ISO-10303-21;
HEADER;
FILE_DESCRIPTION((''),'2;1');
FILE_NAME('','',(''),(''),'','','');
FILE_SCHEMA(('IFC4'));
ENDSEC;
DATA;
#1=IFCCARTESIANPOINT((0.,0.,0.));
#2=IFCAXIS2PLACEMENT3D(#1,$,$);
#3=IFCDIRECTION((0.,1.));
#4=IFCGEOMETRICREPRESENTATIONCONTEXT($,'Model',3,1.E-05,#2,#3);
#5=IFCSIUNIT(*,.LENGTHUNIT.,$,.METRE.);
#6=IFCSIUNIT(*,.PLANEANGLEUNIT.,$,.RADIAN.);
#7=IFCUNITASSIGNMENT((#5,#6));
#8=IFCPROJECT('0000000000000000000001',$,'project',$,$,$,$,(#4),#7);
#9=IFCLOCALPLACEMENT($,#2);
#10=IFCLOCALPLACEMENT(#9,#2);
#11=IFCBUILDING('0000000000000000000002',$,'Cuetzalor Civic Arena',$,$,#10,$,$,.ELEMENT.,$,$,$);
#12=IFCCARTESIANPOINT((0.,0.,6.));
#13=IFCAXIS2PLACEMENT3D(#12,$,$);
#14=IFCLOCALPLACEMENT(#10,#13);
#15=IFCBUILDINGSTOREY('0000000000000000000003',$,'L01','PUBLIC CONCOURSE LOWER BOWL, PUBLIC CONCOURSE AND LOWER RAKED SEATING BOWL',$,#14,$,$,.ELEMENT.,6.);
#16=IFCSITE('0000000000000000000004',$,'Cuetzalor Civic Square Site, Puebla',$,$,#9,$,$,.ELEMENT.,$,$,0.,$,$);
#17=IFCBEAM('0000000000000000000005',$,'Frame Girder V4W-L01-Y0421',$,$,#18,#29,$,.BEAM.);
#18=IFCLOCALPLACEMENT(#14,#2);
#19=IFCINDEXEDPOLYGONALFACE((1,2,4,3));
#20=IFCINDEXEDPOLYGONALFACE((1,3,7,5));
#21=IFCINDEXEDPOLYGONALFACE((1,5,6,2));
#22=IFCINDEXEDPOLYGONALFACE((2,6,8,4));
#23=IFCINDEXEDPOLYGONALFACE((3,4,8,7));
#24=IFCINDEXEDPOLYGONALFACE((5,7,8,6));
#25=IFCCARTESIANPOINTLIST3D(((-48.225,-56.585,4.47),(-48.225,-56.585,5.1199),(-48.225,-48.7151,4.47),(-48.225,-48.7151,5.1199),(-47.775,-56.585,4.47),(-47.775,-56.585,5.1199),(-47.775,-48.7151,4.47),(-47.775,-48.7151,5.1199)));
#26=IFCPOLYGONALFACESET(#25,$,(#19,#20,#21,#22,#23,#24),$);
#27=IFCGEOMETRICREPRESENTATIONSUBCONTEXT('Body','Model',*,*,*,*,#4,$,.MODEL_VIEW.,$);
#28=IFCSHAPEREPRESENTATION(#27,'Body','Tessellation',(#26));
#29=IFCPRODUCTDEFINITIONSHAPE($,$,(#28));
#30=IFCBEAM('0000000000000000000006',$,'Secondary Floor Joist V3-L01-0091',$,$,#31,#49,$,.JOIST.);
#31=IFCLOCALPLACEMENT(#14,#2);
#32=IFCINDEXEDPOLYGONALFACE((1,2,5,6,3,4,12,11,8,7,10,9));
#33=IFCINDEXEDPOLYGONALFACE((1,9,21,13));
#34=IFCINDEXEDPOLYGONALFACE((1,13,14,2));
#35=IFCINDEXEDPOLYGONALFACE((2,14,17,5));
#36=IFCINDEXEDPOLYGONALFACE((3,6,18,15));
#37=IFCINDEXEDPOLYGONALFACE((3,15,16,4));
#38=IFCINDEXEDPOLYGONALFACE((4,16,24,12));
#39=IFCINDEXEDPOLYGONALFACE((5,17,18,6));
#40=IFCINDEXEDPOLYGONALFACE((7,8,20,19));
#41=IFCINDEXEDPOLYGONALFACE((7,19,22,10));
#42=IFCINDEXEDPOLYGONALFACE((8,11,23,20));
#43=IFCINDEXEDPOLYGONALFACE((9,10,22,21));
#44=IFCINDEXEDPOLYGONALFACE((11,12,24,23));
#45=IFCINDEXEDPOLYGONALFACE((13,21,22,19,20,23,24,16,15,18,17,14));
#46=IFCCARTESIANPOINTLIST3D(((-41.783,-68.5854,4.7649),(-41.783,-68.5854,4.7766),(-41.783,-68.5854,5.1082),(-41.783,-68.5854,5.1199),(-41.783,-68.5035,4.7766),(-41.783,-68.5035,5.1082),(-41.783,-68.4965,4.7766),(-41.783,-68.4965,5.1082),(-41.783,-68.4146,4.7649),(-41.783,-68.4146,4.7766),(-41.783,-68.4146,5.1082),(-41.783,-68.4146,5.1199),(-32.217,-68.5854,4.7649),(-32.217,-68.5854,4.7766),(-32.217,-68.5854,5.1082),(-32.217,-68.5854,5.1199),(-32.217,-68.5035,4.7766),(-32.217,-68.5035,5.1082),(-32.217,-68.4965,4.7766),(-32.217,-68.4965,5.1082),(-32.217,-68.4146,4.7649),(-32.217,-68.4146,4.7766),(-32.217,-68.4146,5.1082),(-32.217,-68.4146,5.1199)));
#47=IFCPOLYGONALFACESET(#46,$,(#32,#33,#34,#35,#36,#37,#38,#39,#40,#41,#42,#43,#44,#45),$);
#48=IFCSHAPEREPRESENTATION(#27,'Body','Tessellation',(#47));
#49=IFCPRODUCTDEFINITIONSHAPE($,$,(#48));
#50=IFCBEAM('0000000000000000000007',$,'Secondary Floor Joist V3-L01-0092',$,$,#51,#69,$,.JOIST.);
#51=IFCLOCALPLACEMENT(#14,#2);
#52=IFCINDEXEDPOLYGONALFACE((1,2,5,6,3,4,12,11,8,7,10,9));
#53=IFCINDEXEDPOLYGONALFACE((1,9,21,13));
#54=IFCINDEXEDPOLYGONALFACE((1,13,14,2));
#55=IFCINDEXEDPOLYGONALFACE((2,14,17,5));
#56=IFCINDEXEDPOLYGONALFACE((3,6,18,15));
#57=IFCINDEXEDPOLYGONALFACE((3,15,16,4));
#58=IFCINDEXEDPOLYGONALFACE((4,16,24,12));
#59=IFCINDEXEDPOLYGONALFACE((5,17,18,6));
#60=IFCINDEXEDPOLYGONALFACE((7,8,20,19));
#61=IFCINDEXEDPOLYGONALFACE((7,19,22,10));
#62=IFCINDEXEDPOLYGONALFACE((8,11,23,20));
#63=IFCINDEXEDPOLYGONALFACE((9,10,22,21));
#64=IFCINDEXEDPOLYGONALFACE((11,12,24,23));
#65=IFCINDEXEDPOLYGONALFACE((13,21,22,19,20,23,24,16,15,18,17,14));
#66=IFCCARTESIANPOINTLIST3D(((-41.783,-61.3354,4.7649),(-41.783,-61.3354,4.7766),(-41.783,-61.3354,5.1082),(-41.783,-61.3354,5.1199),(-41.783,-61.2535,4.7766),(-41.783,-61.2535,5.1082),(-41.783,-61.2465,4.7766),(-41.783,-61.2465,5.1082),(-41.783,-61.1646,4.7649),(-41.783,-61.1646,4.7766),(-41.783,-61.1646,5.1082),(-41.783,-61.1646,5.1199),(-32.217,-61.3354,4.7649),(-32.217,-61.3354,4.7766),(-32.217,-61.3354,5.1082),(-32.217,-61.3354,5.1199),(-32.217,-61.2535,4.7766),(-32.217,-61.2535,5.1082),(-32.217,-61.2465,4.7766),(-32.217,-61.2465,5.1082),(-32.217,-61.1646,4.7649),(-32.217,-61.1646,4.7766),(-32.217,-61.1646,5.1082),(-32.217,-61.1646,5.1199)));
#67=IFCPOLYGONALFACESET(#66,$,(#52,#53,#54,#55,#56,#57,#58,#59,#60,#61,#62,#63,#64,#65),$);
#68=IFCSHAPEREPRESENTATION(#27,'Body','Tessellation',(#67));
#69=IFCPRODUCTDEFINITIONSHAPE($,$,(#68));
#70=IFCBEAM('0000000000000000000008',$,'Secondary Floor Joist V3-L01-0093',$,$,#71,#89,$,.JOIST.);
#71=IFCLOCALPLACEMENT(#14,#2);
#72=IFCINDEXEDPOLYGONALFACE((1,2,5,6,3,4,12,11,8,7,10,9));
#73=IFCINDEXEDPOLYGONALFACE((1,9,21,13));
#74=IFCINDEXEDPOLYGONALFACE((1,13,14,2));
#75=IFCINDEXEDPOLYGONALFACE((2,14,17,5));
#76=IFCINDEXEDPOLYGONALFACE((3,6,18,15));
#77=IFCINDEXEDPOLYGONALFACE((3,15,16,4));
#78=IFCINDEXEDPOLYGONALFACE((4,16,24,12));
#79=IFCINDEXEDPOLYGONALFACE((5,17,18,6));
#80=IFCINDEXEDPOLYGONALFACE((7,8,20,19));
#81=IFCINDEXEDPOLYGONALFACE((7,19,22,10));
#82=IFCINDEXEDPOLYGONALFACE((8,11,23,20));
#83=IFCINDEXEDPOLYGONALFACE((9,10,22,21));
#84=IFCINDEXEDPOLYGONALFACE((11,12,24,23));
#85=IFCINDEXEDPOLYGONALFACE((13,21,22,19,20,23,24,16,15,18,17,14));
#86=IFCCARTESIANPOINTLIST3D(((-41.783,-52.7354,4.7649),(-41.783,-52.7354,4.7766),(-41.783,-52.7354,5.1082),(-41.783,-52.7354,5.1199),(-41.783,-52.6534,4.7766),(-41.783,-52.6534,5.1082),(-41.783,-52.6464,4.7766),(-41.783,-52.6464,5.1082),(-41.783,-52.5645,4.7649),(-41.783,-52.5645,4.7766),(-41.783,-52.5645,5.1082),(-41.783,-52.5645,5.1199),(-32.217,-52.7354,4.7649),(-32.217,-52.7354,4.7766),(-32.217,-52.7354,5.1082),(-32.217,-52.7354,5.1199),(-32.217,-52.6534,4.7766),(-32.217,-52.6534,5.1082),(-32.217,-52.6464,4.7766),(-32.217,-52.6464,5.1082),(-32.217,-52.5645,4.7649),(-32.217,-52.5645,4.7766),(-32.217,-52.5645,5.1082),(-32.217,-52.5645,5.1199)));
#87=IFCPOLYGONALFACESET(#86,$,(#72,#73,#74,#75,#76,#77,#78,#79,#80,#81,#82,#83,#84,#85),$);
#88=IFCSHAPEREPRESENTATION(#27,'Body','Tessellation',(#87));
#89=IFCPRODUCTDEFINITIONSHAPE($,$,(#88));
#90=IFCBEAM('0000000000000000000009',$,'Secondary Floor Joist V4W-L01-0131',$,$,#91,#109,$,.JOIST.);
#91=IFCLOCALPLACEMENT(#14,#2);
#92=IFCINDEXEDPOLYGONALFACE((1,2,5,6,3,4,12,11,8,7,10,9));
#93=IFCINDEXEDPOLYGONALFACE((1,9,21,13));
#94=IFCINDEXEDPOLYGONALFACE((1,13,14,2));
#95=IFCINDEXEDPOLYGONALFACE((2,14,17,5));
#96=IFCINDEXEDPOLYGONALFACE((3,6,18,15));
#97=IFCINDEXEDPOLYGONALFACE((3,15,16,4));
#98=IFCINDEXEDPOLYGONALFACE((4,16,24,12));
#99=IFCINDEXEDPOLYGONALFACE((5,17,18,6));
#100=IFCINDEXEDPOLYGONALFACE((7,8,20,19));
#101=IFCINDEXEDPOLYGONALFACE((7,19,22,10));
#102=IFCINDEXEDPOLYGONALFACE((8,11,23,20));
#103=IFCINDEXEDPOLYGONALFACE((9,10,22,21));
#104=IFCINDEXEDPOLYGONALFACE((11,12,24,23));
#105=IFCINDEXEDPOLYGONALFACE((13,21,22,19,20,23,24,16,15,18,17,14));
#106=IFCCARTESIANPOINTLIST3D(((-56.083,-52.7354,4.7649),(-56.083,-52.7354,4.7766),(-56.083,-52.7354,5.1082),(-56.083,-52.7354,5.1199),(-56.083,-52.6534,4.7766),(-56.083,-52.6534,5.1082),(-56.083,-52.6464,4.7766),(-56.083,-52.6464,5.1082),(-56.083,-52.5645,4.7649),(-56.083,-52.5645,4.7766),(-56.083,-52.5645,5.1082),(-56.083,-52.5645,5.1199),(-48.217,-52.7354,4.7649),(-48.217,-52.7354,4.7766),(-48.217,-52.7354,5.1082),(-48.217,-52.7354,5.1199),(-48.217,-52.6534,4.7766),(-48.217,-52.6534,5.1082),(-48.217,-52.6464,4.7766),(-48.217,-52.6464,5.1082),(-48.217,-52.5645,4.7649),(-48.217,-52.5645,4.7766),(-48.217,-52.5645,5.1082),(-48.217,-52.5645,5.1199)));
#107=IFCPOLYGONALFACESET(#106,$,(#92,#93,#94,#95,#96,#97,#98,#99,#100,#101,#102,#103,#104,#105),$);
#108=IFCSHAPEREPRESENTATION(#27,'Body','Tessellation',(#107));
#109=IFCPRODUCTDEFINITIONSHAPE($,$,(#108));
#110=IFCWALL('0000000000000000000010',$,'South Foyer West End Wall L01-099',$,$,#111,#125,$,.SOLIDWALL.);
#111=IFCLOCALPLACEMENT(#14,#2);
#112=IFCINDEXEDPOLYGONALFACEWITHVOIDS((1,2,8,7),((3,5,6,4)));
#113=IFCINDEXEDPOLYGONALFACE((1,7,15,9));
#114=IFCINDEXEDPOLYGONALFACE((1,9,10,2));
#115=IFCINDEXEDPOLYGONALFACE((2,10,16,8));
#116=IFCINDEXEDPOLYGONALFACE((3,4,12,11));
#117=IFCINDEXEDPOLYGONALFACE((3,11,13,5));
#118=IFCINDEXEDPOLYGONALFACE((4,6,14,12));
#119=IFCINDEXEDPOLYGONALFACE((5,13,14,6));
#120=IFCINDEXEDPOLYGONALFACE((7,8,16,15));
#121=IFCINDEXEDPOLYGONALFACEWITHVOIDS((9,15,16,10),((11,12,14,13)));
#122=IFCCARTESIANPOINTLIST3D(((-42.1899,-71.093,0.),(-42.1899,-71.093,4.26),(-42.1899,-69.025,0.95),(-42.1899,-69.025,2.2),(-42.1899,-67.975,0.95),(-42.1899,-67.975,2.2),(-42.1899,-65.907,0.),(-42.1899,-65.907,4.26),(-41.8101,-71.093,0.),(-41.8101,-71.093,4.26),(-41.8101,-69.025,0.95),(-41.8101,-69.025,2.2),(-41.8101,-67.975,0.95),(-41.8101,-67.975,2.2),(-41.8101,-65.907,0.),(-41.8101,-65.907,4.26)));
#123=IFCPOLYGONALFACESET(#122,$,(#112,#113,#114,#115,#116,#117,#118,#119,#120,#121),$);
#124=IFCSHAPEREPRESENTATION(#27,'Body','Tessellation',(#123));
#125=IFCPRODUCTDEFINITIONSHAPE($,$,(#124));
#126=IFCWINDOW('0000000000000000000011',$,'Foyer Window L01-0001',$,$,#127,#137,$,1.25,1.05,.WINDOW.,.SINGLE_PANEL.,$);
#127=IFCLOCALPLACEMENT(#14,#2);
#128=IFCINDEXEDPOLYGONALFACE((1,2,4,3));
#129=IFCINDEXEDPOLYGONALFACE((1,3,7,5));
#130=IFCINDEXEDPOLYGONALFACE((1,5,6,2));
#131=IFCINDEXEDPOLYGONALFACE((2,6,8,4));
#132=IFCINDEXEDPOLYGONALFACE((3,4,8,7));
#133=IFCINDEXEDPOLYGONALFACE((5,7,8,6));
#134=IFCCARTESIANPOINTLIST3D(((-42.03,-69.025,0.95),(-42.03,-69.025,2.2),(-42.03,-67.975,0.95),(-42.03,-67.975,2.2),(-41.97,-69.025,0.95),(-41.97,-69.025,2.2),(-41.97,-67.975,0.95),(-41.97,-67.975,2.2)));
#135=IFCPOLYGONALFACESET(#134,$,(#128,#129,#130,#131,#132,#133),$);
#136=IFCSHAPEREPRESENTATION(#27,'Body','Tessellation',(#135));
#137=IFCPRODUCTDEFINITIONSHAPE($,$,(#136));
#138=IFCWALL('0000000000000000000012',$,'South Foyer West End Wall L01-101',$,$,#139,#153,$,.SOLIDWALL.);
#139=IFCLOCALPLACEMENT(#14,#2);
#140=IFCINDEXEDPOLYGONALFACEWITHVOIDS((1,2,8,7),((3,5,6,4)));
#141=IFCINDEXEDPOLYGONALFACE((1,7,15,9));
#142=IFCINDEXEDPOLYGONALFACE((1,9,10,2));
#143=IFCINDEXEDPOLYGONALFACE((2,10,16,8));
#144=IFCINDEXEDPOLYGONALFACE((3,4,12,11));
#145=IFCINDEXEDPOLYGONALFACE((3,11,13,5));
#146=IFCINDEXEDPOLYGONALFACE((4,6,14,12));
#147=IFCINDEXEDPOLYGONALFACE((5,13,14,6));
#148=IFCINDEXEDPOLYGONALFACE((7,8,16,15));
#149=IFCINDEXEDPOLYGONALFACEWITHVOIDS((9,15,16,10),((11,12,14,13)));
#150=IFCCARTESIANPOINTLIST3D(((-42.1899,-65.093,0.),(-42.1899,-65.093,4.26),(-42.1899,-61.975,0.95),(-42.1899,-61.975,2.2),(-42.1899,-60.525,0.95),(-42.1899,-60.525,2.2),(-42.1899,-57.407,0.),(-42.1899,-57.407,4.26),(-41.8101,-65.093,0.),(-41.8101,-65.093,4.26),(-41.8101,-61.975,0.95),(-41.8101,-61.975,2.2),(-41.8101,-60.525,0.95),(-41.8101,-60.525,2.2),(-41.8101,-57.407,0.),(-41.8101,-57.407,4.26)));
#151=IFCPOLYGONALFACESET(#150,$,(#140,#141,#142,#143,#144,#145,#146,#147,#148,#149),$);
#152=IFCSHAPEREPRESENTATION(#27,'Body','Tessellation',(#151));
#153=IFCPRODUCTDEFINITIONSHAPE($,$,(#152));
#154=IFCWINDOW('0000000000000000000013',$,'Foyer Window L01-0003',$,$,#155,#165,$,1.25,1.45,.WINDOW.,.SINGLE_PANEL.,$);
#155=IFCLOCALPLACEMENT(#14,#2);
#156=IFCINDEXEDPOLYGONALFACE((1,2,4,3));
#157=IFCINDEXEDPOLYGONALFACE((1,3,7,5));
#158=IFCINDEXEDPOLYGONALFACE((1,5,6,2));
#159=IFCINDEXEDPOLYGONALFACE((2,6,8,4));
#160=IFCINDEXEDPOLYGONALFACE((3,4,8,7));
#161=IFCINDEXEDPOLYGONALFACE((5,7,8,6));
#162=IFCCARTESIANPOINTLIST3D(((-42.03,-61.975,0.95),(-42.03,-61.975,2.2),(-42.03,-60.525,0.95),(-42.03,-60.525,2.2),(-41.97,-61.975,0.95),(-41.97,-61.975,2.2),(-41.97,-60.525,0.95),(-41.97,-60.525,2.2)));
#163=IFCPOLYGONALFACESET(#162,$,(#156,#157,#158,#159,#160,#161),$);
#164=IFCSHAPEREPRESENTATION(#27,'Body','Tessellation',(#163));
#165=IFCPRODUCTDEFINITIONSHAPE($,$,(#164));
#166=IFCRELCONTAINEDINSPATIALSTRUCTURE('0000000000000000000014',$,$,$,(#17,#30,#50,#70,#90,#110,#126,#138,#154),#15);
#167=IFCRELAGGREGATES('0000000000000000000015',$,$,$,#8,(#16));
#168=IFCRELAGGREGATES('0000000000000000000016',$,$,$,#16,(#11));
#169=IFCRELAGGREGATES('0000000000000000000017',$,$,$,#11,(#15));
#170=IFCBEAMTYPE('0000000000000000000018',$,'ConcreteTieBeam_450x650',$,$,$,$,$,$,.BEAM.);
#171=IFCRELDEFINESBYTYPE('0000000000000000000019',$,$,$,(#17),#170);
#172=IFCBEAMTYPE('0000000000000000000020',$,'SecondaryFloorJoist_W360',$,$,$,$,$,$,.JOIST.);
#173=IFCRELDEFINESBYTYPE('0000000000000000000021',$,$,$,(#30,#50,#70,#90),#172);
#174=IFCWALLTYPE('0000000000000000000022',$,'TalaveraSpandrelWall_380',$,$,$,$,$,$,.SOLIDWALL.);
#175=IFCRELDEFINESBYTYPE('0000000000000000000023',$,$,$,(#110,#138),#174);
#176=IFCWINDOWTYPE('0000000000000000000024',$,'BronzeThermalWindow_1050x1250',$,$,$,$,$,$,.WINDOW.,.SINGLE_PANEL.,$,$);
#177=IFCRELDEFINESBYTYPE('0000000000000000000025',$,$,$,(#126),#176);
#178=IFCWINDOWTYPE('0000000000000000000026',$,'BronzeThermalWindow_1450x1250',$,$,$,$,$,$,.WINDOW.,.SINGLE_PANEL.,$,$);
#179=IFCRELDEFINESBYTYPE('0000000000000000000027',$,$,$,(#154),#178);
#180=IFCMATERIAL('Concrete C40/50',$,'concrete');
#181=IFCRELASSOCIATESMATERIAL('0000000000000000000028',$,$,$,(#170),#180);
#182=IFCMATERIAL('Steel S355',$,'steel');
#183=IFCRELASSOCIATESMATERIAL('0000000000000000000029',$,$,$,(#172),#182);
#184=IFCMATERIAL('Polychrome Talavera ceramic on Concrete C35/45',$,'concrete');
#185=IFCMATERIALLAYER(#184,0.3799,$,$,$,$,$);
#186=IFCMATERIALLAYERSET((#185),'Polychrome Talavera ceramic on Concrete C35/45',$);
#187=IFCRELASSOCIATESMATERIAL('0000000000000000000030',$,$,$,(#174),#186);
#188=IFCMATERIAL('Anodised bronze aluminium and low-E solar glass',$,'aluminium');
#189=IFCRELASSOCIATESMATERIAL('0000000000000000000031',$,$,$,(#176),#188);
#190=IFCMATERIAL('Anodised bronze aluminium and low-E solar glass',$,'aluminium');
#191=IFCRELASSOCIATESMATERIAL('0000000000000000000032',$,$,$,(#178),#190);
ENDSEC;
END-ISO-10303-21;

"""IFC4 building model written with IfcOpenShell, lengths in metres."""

from ifc_helpers import new_model, si_unit, direction, frame, frame_2d, origin, origin_2d, place, context, subcontext, project, spatial, rectangle, i_section, extrude, material, layer, layer_set, material_profile, profile_set, type_object, element, fill, save


model = new_model("IFC4")

# Units and contexts
model_context = context("Model", 3, precision=1e-05, world=origin(), true_north=direction((0.0, 1.0)))
body_context = subcontext(model_context, "Body", "Model", "MODEL_VIEW")
ifc_project = project(units=[si_unit("LENGTHUNIT", "METRE"), si_unit("PLANEANGLEUNIT", "RADIAN")], contexts=[model_context])

# Site, building, storey
site_placement = place(None, origin())
site = spatial("IfcSite", under=ifc_project, at=site_placement, Name="Cuetzalor Civic Square Site, Puebla", CompositionType="ELEMENT", RefElevation=0.0)
building_placement = place(site_placement, origin())
building = spatial("IfcBuilding", under=site, at=building_placement, Name="Cuetzalor Civic Arena", CompositionType="ELEMENT")
storey_placement = place(building_placement, frame((0.0, 0.0, 6.0)))
storey = spatial("IfcBuildingStorey", under=building, at=storey_placement, Name="L01", Description="PUBLIC CONCOURSE LOWER BOWL, PUBLIC CONCOURSE AND LOWER RAKED SEATING BOWL", CompositionType="ELEMENT", Elevation=6.0)

# Beams
ifc_material_1 = material(Name="Concrete C40/50", Category="concrete")
ifc_material_profile_1 = material_profile(ifc_material_1, rectangle(XDim=0.45, YDim=0.6499, at=origin_2d()), Name="RC 450x650")
ifc_profile_set_1 = profile_set([ifc_material_profile_1], Name="Concrete C40/50")
beam_type_1 = type_object("IfcBeamType", Name="ConcreteTieBeam_450x650", PredefinedType="BEAM", material=ifc_profile_set_1)
beam_1_placement = place(storey_placement, frame((-48.0, -56.585, 4.7949), z_axis=(0.0, 1.0, 0.0), x_axis=(-1.0, 0.0, 0.0)))
element("IfcBeam", 1, at=beam_1_placement, inside=storey, type_object=beam_type_1, Name="Frame Girder V4W-L01-Y0421", PredefinedType="BEAM", context=body_context, shape_type="SweptSolid", body=[
    extrude(rectangle(XDim=0.45, YDim=0.6499, at=origin_2d()), origin(), (0.0, 0.0, 1.0), 7.8699),
])
ifc_material_2 = material(Name="Steel S355", Category="steel")
ifc_material_profile_2 = material_profile(ifc_material_2, i_section(OverallWidth=0.1709, OverallDepth=0.355, WebThickness=0.0071, FlangeThickness=0.0117, at=origin_2d()), Name="W360x51")
ifc_profile_set_2 = profile_set([ifc_material_profile_2], Name="Steel S355")
beam_type_2 = type_object("IfcBeamType", Name="SecondaryFloorJoist_W360", PredefinedType="JOIST", material=ifc_profile_set_2)
for number, where, z_axis, x_axis, name in (
    (2, (-41.783, -68.5, 4.9424), (1.0, 0.0, 0.0), (0.0, 1.0, 0.0), "Secondary Floor Joist V3-L01-0091"),
    (3, (-41.783, -61.25, 4.9424), (1.0, 0.0, 0.0), (0.0, 1.0, 0.0), "Secondary Floor Joist V3-L01-0092"),
    (4, (-41.783, -52.6499, 4.9424), (1.0, 0.0, 0.0), (0.0, 1.0, 0.0), "Secondary Floor Joist V3-L01-0093"),
):
    element("IfcBeam", number, at=place(storey_placement, frame(where, z_axis=z_axis, x_axis=x_axis)), inside=storey, type_object=beam_type_2, Name=name, PredefinedType="JOIST", context=body_context, shape_type="SweptSolid", body=[
        extrude(i_section(OverallWidth=0.1709, OverallDepth=0.355, WebThickness=0.0071, FlangeThickness=0.0117, at=origin_2d()), origin(), (0.0, 0.0, 1.0), 9.5659),
    ])
beam_2_placement = place(storey_placement, frame((-56.083, -52.6499, 4.9424), z_axis=(1.0, 0.0, 0.0), x_axis=(0.0, 1.0, 0.0)))
element("IfcBeam", 5, at=beam_2_placement, inside=storey, type_object=beam_type_2, Name="Secondary Floor Joist V4W-L01-0131", PredefinedType="JOIST", context=body_context, shape_type="SweptSolid", body=[
    extrude(i_section(OverallWidth=0.1709, OverallDepth=0.355, WebThickness=0.0071, FlangeThickness=0.0117, at=origin_2d()), origin(), (0.0, 0.0, 1.0), 7.866),
])

# Walls, openings, windows
ifc_material_3 = material(Name="Polychrome Talavera ceramic on Concrete C35/45", Category="concrete")
ifc_layer = layer(ifc_material_3, 0.3799)
ifc_layer_set = layer_set([ifc_layer], Name="Polychrome Talavera ceramic on Concrete C35/45")
wall_type = type_object("IfcWallType", Name="TalaveraSpandrelWall_380", PredefinedType="SOLIDWALL", material=ifc_layer_set)
wall_1_placement = place(storey_placement, frame((-42.0, -71.093, 0.0), z_axis=(0.0, 0.0, 1.0), x_axis=(0.0, 1.0, 0.0)))
wall_1 = element("IfcWall", 6, at=wall_1_placement, inside=storey, type_object=wall_type, Name="South Foyer West End Wall L01-099", PredefinedType="SOLIDWALL", context=body_context, shape_type="SweptSolid", body=[
    extrude(rectangle(XDim=5.186, YDim=0.3799, at=frame_2d((2.593, 0.0))), origin(), (0.0, 0.0, 1.0), 4.26),
])
opening_1_placement = place(wall_1_placement, frame((2.0681, 0.0, 0.95)))
opening_1 = element("IfcOpeningElement", 7, at=opening_1_placement, cuts=wall_1, PredefinedType="OPENING", context=body_context, shape_type="SweptSolid", body=[
    extrude(rectangle(XDim=1.05, YDim=1.25, at=frame_2d((0.5249, 0.625))), frame((0.0, 0.2, 0.0), z_axis=(0.0, -1.0, 0.0), x_axis=(1.0, 0.0, 0.0)), (0.0, 0.0, 1.0), 0.3999),
])
ifc_material_4 = material(Name="Anodised bronze aluminium and low-E solar glass", Category="aluminium")
window_type_1 = type_object("IfcWindowType", Name="BronzeThermalWindow_1050x1250", PartitioningType="SINGLE_PANEL", PredefinedType="WINDOW", material=ifc_material_4)
window_1_placement = place(opening_1_placement, origin())
window_1 = element("IfcWindow", 8, at=window_1_placement, inside=storey, type_object=window_type_1, Name="Foyer Window L01-0001", OverallHeight=1.25, OverallWidth=1.05, PartitioningType="SINGLE_PANEL", PredefinedType="WINDOW", context=body_context, shape_type="SweptSolid", body=[
    extrude(rectangle(XDim=1.05, YDim=1.25, at=frame_2d((0.5249, 0.625))), frame((0.0, 0.03, 0.0), z_axis=(0.0, -1.0, 0.0), x_axis=(1.0, 0.0, 0.0)), (0.0, 0.0, 1.0), 0.0601),
])
fill(opening_1, window_1)
wall_2_placement = place(storey_placement, frame((-42.0, -65.093, 0.0), z_axis=(0.0, 0.0, 1.0), x_axis=(0.0, 1.0, 0.0)))
wall_2 = element("IfcWall", 9, at=wall_2_placement, inside=storey, type_object=wall_type, Name="South Foyer West End Wall L01-101", PredefinedType="SOLIDWALL", context=body_context, shape_type="SweptSolid", body=[
    extrude(rectangle(XDim=7.686, YDim=0.3799, at=frame_2d((3.843, 0.0))), origin(), (0.0, 0.0, 1.0), 4.26),
])
opening_2_placement = place(wall_2_placement, frame((3.1179, 0.0, 0.95)))
opening_2 = element("IfcOpeningElement", 10, at=opening_2_placement, cuts=wall_2, PredefinedType="OPENING", context=body_context, shape_type="SweptSolid", body=[
    extrude(rectangle(XDim=1.45, YDim=1.25, at=frame_2d((0.7251, 0.625))), frame((0.0, 0.2, 0.0), z_axis=(0.0, -1.0, 0.0), x_axis=(1.0, 0.0, 0.0)), (0.0, 0.0, 1.0), 0.3999),
])
ifc_material_5 = material(Name="Anodised bronze aluminium and low-E solar glass", Category="aluminium")
window_type_2 = type_object("IfcWindowType", Name="BronzeThermalWindow_1450x1250", PartitioningType="SINGLE_PANEL", PredefinedType="WINDOW", material=ifc_material_5)
window_2_placement = place(opening_2_placement, origin())
window_2 = element("IfcWindow", 11, at=window_2_placement, inside=storey, type_object=window_type_2, Name="Foyer Window L01-0003", OverallHeight=1.25, OverallWidth=1.45, PartitioningType="SINGLE_PANEL", PredefinedType="WINDOW", context=body_context, shape_type="SweptSolid", body=[
    extrude(rectangle(XDim=1.45, YDim=1.25, at=frame_2d((0.7251, 0.625))), frame((0.0, 0.03, 0.0), z_axis=(0.0, -1.0, 0.0), x_axis=(1.0, 0.0, 0.0)), (0.0, 0.0, 1.0), 0.0601),
])
fill(opening_2, window_2)

save(model, "model.ifc")
